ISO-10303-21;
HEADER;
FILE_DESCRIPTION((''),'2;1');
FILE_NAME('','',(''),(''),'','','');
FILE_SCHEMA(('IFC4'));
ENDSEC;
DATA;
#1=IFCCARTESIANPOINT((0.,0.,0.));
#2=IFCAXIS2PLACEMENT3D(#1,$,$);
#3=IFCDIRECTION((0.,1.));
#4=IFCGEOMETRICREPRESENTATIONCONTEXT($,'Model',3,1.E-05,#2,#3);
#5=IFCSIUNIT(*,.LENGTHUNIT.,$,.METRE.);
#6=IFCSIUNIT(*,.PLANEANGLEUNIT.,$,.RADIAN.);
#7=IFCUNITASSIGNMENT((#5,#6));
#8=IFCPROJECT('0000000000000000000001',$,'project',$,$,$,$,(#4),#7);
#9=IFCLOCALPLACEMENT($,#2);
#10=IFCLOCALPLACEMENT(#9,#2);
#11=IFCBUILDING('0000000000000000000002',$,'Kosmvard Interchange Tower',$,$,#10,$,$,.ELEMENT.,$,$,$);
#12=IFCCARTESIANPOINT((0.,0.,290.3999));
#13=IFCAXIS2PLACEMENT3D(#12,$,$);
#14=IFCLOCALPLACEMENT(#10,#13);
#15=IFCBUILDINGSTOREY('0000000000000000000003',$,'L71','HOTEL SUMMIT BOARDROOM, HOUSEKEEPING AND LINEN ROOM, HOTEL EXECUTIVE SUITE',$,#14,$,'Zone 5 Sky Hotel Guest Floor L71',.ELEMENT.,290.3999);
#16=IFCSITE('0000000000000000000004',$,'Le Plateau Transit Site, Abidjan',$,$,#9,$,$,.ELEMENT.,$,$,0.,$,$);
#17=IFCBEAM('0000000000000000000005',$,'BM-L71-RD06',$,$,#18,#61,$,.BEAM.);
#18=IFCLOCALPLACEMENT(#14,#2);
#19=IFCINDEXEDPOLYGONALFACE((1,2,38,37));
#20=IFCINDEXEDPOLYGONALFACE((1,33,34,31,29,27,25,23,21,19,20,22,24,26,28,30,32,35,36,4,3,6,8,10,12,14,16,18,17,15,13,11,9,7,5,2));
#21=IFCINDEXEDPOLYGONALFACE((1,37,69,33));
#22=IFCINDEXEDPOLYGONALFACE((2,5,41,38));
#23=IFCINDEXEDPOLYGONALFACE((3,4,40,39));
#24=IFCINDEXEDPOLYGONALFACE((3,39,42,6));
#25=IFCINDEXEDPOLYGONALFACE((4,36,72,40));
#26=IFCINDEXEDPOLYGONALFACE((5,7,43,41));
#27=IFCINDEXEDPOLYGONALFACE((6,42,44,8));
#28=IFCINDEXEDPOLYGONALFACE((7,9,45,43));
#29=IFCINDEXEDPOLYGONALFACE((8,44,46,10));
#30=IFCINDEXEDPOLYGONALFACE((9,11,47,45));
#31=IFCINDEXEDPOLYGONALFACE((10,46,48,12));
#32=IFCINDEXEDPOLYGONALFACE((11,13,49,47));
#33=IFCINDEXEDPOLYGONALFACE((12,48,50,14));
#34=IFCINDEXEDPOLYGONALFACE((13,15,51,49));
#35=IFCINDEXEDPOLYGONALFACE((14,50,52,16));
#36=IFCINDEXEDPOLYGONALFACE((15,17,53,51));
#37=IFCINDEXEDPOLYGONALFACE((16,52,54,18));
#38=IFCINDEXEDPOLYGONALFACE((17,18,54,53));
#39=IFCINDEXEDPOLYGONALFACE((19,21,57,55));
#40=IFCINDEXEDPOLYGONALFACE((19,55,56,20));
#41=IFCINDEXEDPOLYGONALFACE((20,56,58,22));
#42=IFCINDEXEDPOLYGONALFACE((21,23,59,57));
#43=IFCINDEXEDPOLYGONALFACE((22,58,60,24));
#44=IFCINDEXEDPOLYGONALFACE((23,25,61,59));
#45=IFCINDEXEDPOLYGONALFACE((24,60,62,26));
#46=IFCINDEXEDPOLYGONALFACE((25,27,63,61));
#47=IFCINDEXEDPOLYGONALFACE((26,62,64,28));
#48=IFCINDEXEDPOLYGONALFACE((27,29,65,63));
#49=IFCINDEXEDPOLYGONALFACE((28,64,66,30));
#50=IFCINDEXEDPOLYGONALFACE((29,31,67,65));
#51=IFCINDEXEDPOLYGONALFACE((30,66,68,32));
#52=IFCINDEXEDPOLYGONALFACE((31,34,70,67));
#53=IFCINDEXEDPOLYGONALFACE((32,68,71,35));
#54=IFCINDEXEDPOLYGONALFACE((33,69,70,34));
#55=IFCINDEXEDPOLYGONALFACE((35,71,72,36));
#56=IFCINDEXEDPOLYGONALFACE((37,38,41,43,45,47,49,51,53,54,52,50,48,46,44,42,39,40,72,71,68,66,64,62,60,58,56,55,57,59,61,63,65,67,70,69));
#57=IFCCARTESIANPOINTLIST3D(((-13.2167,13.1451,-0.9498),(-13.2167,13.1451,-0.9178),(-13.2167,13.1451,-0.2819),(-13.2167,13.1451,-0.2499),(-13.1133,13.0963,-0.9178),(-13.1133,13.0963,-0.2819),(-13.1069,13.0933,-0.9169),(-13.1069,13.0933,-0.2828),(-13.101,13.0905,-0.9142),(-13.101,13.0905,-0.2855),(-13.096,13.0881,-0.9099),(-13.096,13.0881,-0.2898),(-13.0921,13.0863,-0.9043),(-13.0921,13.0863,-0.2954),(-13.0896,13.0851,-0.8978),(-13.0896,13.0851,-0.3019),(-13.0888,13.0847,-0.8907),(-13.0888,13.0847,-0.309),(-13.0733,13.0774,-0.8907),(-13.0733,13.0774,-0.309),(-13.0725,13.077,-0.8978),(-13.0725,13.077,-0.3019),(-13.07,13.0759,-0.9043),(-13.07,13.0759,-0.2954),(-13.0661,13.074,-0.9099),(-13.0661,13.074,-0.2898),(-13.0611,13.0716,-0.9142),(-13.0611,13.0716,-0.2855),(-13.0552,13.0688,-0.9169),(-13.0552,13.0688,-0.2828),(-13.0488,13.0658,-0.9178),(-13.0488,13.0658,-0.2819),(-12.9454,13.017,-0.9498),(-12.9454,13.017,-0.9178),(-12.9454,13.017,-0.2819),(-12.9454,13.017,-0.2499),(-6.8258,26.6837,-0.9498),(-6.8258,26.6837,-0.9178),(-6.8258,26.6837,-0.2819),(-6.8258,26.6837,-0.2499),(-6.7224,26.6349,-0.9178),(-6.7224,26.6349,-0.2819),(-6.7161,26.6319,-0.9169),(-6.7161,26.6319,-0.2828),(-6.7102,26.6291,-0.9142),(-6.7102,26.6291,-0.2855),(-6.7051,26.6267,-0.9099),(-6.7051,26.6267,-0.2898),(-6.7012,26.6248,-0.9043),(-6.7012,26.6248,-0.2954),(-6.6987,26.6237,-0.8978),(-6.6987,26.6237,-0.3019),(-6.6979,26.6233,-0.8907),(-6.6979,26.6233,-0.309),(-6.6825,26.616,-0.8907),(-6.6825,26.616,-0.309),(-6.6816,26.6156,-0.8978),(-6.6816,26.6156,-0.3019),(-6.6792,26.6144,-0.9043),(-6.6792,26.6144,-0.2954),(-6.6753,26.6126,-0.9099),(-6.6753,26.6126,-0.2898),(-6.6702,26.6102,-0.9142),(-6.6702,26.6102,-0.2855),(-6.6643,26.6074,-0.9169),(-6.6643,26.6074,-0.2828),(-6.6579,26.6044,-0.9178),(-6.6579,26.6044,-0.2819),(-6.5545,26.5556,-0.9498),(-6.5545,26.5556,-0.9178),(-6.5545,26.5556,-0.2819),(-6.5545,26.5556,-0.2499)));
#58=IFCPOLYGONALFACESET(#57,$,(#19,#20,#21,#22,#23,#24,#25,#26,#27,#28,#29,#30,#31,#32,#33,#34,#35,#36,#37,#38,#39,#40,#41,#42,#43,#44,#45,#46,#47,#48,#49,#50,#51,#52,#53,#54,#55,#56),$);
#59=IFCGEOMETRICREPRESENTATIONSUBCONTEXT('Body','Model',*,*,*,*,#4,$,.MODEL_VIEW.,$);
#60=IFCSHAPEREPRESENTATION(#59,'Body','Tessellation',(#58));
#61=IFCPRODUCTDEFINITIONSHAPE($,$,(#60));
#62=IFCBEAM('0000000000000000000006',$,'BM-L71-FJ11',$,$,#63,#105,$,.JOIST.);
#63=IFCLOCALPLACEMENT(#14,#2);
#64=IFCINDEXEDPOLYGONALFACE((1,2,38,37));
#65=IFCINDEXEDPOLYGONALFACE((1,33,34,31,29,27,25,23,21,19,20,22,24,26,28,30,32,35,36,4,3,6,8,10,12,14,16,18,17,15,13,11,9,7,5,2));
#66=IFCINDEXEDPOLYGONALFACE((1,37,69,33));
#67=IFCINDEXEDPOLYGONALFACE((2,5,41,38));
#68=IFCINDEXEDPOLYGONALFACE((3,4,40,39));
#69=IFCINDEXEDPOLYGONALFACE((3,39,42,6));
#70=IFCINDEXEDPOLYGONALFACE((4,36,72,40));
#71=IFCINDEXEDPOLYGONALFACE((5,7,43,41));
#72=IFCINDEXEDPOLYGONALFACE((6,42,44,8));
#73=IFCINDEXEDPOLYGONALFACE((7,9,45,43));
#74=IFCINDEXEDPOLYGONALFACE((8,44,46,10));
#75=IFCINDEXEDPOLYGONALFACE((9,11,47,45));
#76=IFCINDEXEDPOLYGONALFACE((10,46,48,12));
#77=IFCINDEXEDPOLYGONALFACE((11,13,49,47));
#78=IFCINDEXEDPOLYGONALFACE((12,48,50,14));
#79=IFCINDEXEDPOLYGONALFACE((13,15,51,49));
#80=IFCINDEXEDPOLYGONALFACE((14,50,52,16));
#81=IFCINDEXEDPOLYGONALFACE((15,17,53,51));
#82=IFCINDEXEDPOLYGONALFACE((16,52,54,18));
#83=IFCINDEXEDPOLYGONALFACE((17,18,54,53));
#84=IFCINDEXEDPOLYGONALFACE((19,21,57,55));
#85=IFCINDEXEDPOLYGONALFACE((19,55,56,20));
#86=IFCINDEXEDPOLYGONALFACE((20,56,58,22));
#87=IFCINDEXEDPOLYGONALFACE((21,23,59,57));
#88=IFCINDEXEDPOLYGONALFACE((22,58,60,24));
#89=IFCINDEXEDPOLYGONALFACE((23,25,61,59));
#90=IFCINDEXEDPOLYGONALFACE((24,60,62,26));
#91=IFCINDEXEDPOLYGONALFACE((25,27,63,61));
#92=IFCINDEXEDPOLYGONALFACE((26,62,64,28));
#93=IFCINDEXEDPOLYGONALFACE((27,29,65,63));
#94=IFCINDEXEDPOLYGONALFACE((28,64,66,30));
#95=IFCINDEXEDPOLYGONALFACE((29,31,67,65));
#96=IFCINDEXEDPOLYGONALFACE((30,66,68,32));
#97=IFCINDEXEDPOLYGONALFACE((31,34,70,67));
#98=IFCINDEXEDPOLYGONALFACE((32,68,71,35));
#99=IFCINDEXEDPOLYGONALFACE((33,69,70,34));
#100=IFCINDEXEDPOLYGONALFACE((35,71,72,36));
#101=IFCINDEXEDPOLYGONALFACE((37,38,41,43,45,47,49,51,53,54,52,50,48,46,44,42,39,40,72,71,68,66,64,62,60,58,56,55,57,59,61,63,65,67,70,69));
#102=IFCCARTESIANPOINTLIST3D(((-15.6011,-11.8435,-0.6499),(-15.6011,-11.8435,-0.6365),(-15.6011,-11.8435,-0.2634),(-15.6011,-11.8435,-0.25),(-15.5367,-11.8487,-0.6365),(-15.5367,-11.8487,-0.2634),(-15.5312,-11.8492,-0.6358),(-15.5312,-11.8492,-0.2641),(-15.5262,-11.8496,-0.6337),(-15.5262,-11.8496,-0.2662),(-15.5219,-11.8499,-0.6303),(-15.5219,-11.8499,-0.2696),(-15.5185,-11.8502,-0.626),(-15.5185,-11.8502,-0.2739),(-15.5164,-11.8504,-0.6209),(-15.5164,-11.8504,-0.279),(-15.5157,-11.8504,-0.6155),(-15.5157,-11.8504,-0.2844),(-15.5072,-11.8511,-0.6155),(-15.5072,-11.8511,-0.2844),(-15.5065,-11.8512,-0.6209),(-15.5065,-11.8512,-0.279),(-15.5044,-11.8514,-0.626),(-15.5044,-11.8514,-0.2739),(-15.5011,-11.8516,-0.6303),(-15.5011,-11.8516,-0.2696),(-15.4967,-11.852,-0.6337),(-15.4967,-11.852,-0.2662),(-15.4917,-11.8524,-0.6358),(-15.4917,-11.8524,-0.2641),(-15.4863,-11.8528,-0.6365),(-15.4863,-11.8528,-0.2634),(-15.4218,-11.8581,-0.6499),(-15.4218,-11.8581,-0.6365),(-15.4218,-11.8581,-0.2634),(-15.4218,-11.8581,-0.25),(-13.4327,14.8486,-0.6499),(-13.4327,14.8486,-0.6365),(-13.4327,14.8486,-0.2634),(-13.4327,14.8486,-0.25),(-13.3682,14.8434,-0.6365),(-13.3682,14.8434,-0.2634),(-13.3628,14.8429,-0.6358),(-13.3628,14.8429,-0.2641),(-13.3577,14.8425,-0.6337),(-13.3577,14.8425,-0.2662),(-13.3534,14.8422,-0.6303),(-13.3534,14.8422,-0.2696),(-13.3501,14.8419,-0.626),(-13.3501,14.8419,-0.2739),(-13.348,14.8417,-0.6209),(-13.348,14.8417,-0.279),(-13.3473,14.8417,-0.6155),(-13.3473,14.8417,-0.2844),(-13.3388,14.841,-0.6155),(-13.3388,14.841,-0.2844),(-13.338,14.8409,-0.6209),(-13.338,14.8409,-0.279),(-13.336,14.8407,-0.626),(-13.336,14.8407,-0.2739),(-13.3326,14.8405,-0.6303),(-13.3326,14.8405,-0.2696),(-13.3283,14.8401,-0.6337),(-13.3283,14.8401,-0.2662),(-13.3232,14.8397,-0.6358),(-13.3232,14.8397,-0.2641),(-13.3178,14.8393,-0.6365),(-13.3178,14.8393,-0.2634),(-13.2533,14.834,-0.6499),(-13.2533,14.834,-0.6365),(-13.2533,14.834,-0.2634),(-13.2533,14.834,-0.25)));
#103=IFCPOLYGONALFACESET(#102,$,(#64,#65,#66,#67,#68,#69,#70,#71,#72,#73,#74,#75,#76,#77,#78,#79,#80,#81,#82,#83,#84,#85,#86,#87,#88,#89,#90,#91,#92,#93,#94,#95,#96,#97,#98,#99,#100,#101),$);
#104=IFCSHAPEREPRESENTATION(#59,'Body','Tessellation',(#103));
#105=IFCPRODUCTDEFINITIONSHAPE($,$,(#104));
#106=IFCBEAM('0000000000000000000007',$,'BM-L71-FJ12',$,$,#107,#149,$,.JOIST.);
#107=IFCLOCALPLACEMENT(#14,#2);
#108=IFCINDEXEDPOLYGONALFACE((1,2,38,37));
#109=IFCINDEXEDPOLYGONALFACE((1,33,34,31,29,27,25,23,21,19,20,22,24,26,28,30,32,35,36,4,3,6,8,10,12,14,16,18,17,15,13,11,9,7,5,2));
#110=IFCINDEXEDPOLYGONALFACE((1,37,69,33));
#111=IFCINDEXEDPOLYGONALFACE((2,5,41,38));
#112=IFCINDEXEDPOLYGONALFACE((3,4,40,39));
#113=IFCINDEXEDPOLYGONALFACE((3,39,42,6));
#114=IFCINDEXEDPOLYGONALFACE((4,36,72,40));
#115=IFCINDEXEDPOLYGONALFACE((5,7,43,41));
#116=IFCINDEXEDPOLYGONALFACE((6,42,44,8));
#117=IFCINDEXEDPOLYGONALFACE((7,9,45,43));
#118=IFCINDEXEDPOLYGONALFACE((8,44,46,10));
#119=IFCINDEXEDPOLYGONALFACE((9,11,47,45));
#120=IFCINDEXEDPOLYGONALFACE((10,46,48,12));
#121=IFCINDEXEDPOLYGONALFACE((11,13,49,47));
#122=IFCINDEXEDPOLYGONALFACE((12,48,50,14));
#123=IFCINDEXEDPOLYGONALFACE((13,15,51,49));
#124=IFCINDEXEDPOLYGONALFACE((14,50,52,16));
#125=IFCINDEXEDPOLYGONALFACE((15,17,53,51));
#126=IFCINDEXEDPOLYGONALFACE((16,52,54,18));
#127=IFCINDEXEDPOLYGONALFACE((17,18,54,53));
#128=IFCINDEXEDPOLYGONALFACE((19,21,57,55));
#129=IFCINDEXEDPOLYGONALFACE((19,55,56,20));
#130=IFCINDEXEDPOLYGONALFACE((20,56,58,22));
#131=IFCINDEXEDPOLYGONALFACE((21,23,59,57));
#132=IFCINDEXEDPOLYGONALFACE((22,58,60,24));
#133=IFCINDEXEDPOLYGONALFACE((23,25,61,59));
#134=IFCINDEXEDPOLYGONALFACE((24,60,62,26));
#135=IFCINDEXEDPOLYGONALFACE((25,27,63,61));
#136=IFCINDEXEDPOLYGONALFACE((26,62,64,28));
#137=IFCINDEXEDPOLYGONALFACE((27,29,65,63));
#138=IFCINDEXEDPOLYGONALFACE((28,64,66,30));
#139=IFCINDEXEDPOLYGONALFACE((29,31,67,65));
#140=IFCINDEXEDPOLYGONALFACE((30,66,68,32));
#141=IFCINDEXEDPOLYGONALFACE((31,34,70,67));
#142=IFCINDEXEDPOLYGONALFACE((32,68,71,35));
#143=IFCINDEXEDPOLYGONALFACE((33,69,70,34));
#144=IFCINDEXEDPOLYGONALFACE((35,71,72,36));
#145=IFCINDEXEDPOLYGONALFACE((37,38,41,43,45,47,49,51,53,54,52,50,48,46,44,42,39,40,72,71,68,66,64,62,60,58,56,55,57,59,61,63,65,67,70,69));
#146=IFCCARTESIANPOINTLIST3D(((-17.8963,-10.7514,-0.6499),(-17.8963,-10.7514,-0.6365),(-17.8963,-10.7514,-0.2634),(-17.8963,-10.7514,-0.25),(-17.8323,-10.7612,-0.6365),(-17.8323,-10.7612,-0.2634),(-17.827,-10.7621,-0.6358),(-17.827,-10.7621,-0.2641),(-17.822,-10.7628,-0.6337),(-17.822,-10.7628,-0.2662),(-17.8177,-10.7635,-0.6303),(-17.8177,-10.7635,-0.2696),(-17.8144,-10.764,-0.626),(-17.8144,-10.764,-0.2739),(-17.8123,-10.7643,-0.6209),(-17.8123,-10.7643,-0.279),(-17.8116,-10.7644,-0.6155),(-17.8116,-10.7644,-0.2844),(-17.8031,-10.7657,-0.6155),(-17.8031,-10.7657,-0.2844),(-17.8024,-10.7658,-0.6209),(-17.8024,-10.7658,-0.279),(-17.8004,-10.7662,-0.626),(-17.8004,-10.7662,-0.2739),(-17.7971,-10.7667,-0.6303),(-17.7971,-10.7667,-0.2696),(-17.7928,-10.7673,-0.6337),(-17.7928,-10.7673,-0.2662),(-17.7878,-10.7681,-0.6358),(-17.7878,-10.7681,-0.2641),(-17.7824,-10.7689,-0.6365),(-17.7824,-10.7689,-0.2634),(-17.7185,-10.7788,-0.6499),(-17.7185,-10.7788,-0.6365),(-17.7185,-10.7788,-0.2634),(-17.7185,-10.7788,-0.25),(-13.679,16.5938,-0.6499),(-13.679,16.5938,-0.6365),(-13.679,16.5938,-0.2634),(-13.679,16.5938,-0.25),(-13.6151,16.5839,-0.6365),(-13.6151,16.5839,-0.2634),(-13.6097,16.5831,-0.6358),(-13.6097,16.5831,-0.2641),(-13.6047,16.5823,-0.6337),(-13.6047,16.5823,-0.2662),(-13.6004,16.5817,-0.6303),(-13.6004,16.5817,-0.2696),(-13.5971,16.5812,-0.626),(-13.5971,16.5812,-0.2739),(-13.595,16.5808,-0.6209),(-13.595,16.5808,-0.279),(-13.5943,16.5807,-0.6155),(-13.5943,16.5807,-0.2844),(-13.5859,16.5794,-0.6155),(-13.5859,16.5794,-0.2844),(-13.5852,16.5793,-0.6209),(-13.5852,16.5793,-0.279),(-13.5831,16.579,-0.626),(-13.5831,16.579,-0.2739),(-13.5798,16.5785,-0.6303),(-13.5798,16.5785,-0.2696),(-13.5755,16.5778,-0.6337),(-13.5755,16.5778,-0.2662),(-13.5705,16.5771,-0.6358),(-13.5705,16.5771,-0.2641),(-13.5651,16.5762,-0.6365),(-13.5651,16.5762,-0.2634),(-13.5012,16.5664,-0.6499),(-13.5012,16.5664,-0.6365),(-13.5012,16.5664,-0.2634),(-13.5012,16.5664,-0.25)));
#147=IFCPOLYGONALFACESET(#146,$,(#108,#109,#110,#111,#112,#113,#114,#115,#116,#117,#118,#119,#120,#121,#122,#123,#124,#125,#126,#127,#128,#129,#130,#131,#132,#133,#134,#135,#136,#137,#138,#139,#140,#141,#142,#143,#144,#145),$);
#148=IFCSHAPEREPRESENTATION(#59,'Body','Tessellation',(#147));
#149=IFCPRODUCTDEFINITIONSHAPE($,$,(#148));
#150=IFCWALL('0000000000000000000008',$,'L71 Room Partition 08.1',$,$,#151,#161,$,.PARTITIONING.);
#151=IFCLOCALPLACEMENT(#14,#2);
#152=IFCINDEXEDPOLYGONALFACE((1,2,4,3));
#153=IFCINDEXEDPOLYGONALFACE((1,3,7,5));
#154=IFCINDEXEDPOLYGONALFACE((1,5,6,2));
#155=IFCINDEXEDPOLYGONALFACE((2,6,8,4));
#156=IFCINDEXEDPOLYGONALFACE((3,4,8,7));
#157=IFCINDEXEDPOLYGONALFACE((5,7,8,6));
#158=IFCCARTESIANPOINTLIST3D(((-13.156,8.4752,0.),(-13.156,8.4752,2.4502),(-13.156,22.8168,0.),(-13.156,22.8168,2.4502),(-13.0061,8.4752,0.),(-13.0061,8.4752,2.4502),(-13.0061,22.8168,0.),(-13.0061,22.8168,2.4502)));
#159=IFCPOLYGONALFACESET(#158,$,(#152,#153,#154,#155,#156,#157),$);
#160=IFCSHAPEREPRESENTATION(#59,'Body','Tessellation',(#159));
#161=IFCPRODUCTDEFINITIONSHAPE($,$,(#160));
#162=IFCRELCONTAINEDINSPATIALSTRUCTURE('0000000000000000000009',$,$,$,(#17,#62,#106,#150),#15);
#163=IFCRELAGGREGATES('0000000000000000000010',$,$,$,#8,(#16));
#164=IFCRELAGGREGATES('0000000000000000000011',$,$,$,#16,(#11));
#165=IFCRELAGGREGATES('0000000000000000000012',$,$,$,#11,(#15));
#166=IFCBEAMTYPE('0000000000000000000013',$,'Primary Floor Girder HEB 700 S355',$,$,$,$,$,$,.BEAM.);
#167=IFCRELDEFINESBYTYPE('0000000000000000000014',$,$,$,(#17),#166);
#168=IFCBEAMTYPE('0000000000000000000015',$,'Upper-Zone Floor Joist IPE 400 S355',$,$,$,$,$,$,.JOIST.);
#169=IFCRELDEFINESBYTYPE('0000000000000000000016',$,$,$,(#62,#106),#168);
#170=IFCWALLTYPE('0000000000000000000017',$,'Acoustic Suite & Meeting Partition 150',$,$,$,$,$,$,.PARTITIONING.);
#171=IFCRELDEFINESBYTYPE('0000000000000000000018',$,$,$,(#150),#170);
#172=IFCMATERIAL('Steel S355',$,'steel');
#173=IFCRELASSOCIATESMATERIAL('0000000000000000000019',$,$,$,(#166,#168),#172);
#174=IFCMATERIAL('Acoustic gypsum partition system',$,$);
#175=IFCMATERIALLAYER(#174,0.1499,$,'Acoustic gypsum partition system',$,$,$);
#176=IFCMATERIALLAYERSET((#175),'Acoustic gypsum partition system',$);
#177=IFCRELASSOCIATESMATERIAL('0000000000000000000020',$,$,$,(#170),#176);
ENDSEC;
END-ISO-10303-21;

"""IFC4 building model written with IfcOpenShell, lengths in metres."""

from ifc_helpers import new_model, si_unit, direction, frame, frame_2d, origin, origin_2d, place, context, subcontext, project, spatial, rectangle, i_section, extrude, source, transform, mapped, material, layer, layer_set, material_profile, profile_set, type_object, element, save


model = new_model("IFC4")

# Units and contexts
model_context = context("Model", 3, precision=1e-05, world=origin(), true_north=direction((0.0, 1.0)))
body_context = subcontext(model_context, "Body", "Model", "MODEL_VIEW")
ifc_project = project(units=[si_unit("LENGTHUNIT", "METRE"), si_unit("PLANEANGLEUNIT", "RADIAN")], contexts=[model_context])

# Site, building, storey
site_placement = place(None, origin())
site = spatial("IfcSite", under=ifc_project, at=site_placement, Name="Le Plateau Transit Site, Abidjan", CompositionType="ELEMENT", RefElevation=0.0)
building_placement = place(site_placement, origin())
building = spatial("IfcBuilding", under=site, at=building_placement, Name="Kosmvard Interchange Tower", CompositionType="ELEMENT")
storey_placement = place(building_placement, frame((0.0, 0.0, 290.3999)))
storey = spatial("IfcBuildingStorey", under=building, at=storey_placement, Name="L71", Description="HOTEL SUMMIT BOARDROOM, HOUSEKEEPING AND LINEN ROOM, HOTEL EXECUTIVE SUITE", LongName="Zone 5 Sky Hotel Guest Floor L71", CompositionType="ELEMENT", Elevation=290.3999)

# Beams
ifc_material_1 = material(Name="Steel S355", Category="steel")
ifc_material_profile_1 = material_profile(ifc_material_1, i_section(OverallWidth=0.3, OverallDepth=0.7, WebThickness=0.0171, FlangeThickness=0.032, FilletRadius=0.0271, at=origin_2d()), Name="HEB 700")
ifc_profile_set_1 = profile_set([ifc_material_profile_1], Name="Steel S355")
beam_type_1 = type_object("IfcBeamType", Name="Primary Floor Girder HEB 700 S355", PredefinedType="BEAM", material=ifc_profile_set_1)
shared_shape_1 = source(origin(), body_context, "Body", "SweptSolid", [
    extrude(i_section(OverallWidth=0.3, OverallDepth=0.7, WebThickness=0.0171, FlangeThickness=0.032, FilletRadius=0.0271, at=origin_2d()), origin(), (0.0, 0.0, 1.0), 14.9712),
])
beam_1_placement = place(storey_placement, frame((-13.0811, 13.0811, -0.5999), z_axis=(0.426878, 0.904309, 0.0), x_axis=(-0.904309, 0.426878, 0.0)))
element("IfcBeam", 1, at=beam_1_placement, inside=storey, type_object=beam_type_1, Name="BM-L71-RD06", PredefinedType="BEAM", context=body_context, shape_type="MappedRepresentation", body=[
    mapped(shared_shape_1, transform((0.0, 0.0, 0.0), scale=1.0)),
])
ifc_material_profile_2 = material_profile(ifc_material_1, i_section(OverallWidth=0.1799, OverallDepth=0.3999, WebThickness=0.0085, FlangeThickness=0.0134, FilletRadius=0.021, at=origin_2d()), Name="IPE 400")
ifc_profile_set_2 = profile_set([ifc_material_profile_2], Name="Steel S355")
beam_type_2 = type_object("IfcBeamType", Name="Upper-Zone Floor Joist IPE 400 S355", PredefinedType="JOIST", material=ifc_profile_set_2)
shared_shape_2 = source(origin(), body_context, "Body", "SweptSolid", [
    extrude(i_section(OverallWidth=0.1799, OverallDepth=0.3999, WebThickness=0.0085, FlangeThickness=0.0134, FilletRadius=0.021, at=origin_2d()), origin(), (0.0, 0.0, 1.0), 26.78),
])
beam_2_placement = place(storey_placement, frame((-13.343, 14.8413, -0.45), z_axis=(-0.080973, -0.996716, 0.0), x_axis=(0.996716, -0.080973, 0.0)))
element("IfcBeam", 2, at=beam_2_placement, inside=storey, type_object=beam_type_2, Name="BM-L71-FJ11", PredefinedType="JOIST", context=body_context, shape_type="MappedRepresentation", body=[
    mapped(shared_shape_2, transform((0.0, 0.0, 0.0), scale=1.0)),
])
shared_shape_3 = source(origin(), body_context, "Body", "SweptSolid", [
    extrude(i_section(OverallWidth=0.1799, OverallDepth=0.3999, WebThickness=0.0085, FlangeThickness=0.0134, FilletRadius=0.021, at=origin_2d()), origin(), (0.0, 0.0, 1.0), 27.6685),
])
beam_3_placement = place(storey_placement, frame((-13.5901, 16.5801, -0.45), z_axis=(-0.152422, -0.988316, 0.0), x_axis=(0.988316, -0.152422, 0.0)))
element("IfcBeam", 3, at=beam_3_placement, inside=storey, type_object=beam_type_2, Name="BM-L71-FJ12", PredefinedType="JOIST", context=body_context, shape_type="MappedRepresentation", body=[
    mapped(shared_shape_3, transform((0.0, 0.0, 0.0), scale=1.0)),
])

# Wall
ifc_material_2 = material(Name="Acoustic gypsum partition system")
ifc_layer_1 = layer(ifc_material_2, 0.1499, Name="Acoustic gypsum partition system")
ifc_layer_set_1 = layer_set([ifc_layer_1], Name="Acoustic gypsum partition system")
wall_type_1 = type_object("IfcWallType", Name="Acoustic Suite & Meeting Partition 150", PredefinedType="PARTITIONING", material=ifc_layer_set_1)
wall_1_placement = place(storey_placement, frame((-13.0811, 8.4751, 0.0), z_axis=(0.0, 0.0, 1.0), x_axis=(0.0, 1.0, 0.0)))
element("IfcWall", 4, at=wall_1_placement, inside=storey, type_object=wall_type_1, Name="L71 Room Partition 08.1", PredefinedType="PARTITIONING", context=body_context, shape_type="SweptSolid", body=[
    extrude(rectangle(XDim=14.3416, YDim=0.1499, at=frame_2d((7.1709, 0.0))), origin(), (0.0, 0.0, 1.0), 2.4502),
])

save(model, "model.ifc")
